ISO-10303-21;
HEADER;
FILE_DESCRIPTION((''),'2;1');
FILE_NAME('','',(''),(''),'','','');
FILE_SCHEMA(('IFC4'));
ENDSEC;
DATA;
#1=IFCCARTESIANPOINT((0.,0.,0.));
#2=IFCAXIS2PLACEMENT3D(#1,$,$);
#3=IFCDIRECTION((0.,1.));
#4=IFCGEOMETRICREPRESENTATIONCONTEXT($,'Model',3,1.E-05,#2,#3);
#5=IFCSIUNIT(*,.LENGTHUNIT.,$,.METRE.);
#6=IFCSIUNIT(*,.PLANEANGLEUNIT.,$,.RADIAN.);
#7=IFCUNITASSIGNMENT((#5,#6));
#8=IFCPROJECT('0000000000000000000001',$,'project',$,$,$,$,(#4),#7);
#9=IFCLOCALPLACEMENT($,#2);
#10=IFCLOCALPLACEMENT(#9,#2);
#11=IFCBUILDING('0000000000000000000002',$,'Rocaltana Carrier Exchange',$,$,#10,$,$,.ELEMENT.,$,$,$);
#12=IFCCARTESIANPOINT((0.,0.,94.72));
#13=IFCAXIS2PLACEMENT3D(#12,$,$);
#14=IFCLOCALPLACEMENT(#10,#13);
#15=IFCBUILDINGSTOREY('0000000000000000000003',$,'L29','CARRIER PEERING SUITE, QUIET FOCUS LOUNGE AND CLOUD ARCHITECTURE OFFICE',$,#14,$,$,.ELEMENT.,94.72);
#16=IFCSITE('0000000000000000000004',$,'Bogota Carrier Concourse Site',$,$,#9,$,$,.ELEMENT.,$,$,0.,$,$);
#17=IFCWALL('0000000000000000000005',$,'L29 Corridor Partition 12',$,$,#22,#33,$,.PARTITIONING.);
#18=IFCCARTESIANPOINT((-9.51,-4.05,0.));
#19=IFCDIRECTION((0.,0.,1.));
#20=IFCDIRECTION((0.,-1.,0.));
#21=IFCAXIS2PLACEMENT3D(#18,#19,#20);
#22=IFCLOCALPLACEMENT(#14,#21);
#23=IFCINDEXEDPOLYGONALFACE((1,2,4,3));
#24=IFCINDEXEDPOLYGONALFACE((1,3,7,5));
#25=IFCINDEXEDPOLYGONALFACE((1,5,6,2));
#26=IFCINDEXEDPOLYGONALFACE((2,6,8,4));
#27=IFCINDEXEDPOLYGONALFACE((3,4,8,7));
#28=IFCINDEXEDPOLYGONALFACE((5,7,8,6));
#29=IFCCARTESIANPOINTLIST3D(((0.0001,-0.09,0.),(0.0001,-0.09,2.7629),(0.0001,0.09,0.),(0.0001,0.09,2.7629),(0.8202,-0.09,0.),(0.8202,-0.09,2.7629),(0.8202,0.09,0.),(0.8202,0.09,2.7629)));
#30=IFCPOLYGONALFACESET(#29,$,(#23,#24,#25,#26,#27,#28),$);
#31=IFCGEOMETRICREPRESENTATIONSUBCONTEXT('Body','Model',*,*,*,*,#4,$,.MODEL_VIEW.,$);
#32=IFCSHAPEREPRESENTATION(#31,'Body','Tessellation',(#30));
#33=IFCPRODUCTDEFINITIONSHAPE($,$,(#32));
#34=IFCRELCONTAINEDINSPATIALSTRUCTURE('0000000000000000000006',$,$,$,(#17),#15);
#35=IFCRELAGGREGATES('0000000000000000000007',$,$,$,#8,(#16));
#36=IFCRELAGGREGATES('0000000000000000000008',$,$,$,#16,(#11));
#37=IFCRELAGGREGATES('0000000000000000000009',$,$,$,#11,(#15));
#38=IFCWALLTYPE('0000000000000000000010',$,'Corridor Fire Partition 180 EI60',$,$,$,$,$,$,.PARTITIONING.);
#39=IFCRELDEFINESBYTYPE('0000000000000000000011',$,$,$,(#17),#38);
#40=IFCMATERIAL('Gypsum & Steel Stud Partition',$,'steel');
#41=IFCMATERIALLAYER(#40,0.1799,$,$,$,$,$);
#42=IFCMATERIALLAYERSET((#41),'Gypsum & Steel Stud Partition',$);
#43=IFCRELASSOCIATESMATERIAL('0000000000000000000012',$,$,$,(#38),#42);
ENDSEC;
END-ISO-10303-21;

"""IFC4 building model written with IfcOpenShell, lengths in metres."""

from ifc_helpers import new_model, si_unit, direction, frame, frame_2d, origin, place, context, subcontext, project, spatial, rectangle, extrude, material, layer, layer_set, type_object, element, save


model = new_model("IFC4")

# Units and contexts
model_context = context("Model", 3, precision=1e-05, world=origin(), true_north=direction((0.0, 1.0)))
body_context = subcontext(model_context, "Body", "Model", "MODEL_VIEW")
ifc_project = project(units=[si_unit("LENGTHUNIT", "METRE"), si_unit("PLANEANGLEUNIT", "RADIAN")], contexts=[model_context])

# Site, building, storey
site_placement = place(None, origin())
site = spatial("IfcSite", under=ifc_project, at=site_placement, Name="Bogota Carrier Concourse Site", CompositionType="ELEMENT", RefElevation=0.0)
building_placement = place(site_placement, origin())
building = spatial("IfcBuilding", under=site, at=building_placement, Name="Rocaltana Carrier Exchange", CompositionType="ELEMENT")
storey_placement = place(building_placement, frame((0.0, 0.0, 94.72)))
storey = spatial("IfcBuildingStorey", under=building, at=storey_placement, Name="L29", Description="CARRIER PEERING SUITE, QUIET FOCUS LOUNGE AND CLOUD ARCHITECTURE OFFICE", CompositionType="ELEMENT", Elevation=94.72)

# Shared definitions
ifc_material_1 = material(Name="Gypsum & Steel Stud Partition", Category="steel")
ifc_layer_1 = layer(ifc_material_1, 0.1799)
ifc_layer_set_1 = layer_set([ifc_layer_1], Name="Gypsum & Steel Stud Partition")
wall_type_1 = type_object("IfcWallType", Name="Corridor Fire Partition 180 EI60", PredefinedType="PARTITIONING", material=ifc_layer_set_1)

# Wall
wall_1_placement = place(storey_placement, frame((-9.51, -4.05, 0.0), z_axis=(0.0, 0.0, 1.0), x_axis=(0.0, -1.0, 0.0)))
element("IfcWall", 1, at=wall_1_placement, inside=storey, type_object=wall_type_1, Name="L29 Corridor Partition 12", PredefinedType="PARTITIONING", context=body_context, shape_type="SweptSolid", body=[
    extrude(rectangle(XDim=0.8201, YDim=0.1799, at=frame_2d((0.4102, 0.0))), origin(), (0.0, 0.0, 1.0), 2.7629),
])

save(model, "model.ifc")
